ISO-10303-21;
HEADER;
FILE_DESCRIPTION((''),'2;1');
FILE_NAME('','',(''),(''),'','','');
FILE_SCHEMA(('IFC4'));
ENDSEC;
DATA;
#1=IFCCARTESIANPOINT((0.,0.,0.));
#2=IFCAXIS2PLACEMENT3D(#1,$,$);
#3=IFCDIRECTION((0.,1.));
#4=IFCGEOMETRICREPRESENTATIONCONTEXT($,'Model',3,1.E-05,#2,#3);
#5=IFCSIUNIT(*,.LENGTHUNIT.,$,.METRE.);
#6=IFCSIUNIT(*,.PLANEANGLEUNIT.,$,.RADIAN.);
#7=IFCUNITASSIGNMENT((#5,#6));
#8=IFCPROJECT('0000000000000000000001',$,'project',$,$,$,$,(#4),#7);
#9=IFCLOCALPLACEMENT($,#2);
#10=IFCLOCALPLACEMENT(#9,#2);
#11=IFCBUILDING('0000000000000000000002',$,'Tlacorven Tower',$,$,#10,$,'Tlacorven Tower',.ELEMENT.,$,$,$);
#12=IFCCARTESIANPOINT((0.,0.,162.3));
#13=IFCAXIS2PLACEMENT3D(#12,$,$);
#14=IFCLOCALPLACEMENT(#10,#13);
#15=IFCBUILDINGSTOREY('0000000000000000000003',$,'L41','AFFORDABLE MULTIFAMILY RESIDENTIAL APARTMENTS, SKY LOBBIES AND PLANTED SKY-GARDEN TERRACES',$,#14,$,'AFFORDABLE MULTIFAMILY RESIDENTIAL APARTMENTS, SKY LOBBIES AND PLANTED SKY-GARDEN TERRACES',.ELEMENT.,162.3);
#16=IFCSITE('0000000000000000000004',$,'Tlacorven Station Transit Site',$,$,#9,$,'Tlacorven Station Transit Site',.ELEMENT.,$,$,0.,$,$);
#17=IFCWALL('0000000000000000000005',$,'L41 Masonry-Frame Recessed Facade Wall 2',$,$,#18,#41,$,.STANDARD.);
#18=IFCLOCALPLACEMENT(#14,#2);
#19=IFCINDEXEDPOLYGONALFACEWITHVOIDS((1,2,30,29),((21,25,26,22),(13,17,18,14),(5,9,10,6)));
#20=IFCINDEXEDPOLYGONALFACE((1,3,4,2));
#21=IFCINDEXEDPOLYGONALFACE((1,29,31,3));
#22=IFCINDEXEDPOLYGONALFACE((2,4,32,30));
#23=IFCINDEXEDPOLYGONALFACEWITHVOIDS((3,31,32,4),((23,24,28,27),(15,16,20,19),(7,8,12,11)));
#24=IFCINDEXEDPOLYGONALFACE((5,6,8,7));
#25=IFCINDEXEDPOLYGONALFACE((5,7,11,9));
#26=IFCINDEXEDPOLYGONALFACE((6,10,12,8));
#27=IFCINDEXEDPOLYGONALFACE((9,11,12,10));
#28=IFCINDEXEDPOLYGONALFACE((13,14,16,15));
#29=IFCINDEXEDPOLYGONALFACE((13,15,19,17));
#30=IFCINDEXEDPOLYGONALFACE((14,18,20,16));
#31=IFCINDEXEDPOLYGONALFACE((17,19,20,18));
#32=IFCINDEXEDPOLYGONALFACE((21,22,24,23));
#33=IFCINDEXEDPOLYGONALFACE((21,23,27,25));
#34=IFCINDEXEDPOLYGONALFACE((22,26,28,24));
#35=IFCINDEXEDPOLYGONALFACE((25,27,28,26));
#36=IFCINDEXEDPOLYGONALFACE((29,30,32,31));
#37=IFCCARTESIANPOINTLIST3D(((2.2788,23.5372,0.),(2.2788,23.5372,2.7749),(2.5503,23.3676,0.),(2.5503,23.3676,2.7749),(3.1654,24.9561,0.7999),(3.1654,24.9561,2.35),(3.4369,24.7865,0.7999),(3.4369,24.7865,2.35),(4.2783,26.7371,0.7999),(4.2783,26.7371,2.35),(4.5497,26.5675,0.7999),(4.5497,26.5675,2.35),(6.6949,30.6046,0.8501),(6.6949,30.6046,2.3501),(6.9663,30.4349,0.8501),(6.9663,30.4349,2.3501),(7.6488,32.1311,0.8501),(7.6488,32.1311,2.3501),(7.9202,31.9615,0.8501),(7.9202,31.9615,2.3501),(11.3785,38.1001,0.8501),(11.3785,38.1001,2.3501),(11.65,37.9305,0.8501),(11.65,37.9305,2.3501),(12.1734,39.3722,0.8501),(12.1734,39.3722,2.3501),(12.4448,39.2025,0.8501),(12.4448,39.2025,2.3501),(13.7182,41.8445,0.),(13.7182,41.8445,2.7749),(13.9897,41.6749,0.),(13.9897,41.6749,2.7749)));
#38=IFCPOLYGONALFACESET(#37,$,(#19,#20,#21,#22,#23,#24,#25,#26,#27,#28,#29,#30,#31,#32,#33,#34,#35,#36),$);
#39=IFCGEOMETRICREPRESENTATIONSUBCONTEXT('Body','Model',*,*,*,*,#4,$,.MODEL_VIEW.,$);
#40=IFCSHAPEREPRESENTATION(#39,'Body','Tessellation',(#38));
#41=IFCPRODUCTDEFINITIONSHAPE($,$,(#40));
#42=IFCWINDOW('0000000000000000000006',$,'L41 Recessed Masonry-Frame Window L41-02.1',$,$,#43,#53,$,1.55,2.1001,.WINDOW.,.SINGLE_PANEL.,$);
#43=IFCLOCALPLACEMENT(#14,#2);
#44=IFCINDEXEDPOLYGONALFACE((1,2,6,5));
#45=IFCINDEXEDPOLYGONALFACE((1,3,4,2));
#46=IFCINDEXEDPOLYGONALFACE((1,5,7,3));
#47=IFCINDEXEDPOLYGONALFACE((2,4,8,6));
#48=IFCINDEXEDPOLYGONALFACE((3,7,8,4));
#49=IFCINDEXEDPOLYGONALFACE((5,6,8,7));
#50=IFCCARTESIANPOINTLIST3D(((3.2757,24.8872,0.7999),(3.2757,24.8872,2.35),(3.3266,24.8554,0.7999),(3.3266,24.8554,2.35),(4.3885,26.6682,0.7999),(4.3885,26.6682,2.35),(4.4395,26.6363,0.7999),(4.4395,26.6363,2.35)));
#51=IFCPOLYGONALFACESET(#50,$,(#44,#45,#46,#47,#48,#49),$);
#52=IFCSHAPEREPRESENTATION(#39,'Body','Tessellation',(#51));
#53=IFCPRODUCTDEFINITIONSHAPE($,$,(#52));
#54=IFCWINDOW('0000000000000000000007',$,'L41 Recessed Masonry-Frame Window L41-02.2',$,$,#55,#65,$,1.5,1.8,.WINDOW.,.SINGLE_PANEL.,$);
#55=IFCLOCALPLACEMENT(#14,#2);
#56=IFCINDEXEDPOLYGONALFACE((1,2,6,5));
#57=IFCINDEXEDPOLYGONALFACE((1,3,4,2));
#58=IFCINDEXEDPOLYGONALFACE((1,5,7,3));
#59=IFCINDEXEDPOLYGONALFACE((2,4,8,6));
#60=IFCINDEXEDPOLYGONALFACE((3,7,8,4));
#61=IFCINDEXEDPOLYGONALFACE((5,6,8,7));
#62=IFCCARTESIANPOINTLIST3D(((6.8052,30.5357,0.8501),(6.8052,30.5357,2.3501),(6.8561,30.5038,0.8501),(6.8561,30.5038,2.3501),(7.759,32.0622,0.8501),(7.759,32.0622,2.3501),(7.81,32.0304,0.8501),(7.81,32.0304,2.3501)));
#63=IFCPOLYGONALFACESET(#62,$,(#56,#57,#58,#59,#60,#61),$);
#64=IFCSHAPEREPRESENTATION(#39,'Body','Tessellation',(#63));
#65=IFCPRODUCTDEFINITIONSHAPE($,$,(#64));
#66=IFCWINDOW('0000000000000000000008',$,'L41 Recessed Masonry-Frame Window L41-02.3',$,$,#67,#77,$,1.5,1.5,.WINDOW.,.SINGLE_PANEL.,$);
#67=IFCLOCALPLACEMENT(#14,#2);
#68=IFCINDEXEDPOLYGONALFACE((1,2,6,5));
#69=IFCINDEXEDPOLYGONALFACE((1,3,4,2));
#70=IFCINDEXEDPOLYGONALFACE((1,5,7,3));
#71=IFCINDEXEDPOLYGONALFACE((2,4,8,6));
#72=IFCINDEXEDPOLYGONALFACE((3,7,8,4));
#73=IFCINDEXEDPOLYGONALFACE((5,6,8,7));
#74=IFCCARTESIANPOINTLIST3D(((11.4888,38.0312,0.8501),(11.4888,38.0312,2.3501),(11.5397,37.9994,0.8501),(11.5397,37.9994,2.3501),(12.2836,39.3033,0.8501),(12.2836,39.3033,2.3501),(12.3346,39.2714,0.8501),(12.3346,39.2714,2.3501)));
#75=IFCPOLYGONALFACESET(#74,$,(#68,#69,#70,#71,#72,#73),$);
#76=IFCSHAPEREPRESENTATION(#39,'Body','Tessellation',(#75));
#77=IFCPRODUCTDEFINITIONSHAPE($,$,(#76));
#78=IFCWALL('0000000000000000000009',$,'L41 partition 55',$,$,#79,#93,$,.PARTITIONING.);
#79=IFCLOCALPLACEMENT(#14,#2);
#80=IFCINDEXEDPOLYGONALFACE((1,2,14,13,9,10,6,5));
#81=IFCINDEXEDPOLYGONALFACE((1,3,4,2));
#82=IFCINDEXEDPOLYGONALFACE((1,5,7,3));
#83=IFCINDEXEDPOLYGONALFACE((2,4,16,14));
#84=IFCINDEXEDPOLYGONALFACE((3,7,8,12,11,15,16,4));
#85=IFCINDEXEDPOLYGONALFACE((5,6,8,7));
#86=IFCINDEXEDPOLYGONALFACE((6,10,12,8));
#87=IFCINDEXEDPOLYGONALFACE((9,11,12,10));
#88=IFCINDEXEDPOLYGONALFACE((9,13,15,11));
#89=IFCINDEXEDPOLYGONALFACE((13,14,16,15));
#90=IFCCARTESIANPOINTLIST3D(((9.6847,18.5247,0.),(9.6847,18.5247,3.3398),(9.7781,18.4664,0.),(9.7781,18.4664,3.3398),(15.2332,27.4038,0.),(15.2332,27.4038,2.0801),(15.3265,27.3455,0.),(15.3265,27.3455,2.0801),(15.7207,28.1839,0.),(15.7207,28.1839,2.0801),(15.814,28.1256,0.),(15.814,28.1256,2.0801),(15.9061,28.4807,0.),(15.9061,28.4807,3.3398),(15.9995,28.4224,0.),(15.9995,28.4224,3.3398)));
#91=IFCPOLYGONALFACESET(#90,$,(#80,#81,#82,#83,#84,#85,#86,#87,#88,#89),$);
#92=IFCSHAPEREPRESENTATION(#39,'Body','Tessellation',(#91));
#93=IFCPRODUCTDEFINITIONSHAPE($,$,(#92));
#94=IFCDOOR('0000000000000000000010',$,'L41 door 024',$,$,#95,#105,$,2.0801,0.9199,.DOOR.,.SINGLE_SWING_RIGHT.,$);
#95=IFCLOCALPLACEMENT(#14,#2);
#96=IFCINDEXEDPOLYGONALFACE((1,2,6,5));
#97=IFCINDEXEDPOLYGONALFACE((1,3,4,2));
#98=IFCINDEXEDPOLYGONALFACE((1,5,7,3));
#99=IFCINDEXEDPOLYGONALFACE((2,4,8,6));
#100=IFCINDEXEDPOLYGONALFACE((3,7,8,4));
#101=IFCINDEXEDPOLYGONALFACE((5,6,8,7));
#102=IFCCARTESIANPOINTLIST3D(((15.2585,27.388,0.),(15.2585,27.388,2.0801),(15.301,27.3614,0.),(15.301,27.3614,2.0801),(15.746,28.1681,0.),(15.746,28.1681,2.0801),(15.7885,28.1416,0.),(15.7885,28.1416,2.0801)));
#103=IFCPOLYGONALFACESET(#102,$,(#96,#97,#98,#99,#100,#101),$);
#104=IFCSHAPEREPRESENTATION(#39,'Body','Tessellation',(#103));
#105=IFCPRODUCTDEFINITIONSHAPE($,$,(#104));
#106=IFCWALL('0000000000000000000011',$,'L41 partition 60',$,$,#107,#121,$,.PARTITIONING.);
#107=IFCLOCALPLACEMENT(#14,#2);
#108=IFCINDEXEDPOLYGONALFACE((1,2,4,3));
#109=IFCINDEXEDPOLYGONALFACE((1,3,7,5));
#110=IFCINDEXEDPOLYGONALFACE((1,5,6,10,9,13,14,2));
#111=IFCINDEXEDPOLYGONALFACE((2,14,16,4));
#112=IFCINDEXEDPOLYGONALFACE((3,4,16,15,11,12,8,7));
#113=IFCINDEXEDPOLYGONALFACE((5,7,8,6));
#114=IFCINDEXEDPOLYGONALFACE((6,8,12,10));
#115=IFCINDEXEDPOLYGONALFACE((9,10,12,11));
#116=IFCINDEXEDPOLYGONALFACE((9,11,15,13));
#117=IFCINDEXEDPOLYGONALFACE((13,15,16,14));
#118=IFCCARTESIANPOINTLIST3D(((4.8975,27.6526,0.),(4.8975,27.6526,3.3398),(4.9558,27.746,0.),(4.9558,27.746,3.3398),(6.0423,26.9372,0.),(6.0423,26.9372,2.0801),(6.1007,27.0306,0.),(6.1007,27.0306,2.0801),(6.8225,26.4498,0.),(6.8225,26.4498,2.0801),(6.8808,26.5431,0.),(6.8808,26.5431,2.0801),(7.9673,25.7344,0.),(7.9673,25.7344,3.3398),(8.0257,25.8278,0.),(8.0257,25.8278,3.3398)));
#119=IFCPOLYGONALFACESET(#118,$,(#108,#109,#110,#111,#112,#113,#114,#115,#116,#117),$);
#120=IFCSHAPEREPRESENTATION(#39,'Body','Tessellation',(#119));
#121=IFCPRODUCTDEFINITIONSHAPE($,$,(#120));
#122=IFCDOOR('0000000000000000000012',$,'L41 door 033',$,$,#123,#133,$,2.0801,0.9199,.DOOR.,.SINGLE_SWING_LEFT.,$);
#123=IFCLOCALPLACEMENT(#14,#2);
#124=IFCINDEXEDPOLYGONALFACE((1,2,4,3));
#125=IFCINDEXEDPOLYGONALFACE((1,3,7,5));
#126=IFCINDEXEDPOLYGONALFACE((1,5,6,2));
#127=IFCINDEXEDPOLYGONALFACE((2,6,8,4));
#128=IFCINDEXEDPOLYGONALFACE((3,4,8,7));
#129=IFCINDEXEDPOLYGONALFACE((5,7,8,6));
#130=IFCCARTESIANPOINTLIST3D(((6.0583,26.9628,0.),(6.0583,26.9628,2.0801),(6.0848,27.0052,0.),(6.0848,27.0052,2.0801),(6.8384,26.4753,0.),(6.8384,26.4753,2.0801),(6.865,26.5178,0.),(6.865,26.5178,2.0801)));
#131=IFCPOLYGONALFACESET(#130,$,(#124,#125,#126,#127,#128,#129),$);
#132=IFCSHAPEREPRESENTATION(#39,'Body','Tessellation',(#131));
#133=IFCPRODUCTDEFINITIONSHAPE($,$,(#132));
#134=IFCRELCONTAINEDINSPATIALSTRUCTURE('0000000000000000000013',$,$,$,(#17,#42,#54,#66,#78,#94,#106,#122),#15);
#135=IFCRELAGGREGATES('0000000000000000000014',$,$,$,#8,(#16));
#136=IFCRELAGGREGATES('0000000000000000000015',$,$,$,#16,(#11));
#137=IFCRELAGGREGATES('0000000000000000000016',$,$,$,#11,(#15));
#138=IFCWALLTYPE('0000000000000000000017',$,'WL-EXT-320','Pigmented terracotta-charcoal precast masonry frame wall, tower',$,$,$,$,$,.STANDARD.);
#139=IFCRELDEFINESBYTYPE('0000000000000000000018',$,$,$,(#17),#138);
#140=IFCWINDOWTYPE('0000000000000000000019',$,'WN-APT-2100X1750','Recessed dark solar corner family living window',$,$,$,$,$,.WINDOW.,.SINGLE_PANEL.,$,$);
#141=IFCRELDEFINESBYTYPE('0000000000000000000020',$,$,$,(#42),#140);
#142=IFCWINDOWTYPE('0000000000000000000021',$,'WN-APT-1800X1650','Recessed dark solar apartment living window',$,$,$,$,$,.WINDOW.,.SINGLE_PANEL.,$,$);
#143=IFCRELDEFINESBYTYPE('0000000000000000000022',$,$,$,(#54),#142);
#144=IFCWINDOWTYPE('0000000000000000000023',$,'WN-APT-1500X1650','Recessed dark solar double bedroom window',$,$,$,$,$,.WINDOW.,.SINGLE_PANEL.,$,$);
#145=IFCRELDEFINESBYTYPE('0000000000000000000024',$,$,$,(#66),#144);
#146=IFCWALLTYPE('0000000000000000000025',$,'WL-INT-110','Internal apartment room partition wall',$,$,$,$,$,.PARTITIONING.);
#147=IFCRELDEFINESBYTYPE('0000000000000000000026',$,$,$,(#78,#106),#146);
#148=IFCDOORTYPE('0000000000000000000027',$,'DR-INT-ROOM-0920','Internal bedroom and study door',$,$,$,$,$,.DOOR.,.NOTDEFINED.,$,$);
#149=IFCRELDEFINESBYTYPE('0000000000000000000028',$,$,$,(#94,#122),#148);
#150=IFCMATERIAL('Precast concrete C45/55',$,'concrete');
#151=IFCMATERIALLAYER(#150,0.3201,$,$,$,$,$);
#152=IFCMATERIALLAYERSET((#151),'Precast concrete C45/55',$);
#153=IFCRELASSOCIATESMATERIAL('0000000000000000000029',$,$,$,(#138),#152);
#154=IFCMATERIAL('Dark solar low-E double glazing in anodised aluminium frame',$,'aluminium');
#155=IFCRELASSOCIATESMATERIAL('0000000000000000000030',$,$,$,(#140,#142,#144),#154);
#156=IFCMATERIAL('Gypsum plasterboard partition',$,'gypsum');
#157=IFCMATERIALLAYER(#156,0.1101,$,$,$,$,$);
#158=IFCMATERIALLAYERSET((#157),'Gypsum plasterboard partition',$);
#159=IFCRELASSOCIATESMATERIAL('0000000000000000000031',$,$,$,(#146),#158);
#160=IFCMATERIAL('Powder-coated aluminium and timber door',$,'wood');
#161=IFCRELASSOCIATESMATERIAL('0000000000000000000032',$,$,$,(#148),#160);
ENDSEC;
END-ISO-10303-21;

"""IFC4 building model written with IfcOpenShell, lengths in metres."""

from ifc_helpers import new_model, si_unit, direction, frame, frame_2d, origin, place, context, subcontext, project, spatial, rectangle, extrude, source, transform, mapped, material, layer, layer_set, type_object, element, fill, save


model = new_model("IFC4")

# Units and contexts
model_context = context("Model", 3, precision=1e-05, world=origin(), true_north=direction((0.0, 1.0)))
body_context = subcontext(model_context, "Body", "Model", "MODEL_VIEW")
ifc_project = project(units=[si_unit("LENGTHUNIT", "METRE"), si_unit("PLANEANGLEUNIT", "RADIAN")], contexts=[model_context])

# Site, building, storey
site_placement = place(None, origin())
site = spatial("IfcSite", under=ifc_project, at=site_placement, Name="Tlacorven Station Transit Site", LongName="Tlacorven Station Transit Site", CompositionType="ELEMENT", RefElevation=0.0)
building_placement = place(site_placement, origin())
building = spatial("IfcBuilding", under=site, at=building_placement, Name="Tlacorven Tower", LongName="Tlacorven Tower", CompositionType="ELEMENT")
storey_placement = place(building_placement, frame((0.0, 0.0, 162.3)))
storey = spatial("IfcBuildingStorey", under=building, at=storey_placement, Name="L41", Description="AFFORDABLE MULTIFAMILY RESIDENTIAL APARTMENTS, SKY LOBBIES AND PLANTED SKY-GARDEN TERRACES", LongName="AFFORDABLE MULTIFAMILY RESIDENTIAL APARTMENTS, SKY LOBBIES AND PLANTED SKY-GARDEN TERRACES", CompositionType="ELEMENT", Elevation=162.3)

# Wall, openings, windows
ifc_material_1 = material(Name="Precast concrete C45/55", Category="concrete")
ifc_layer_1 = layer(ifc_material_1, 0.3201)
ifc_layer_set_1 = layer_set([ifc_layer_1], Name="Precast concrete C45/55")
wall_type_1 = type_object("IfcWallType", Name="WL-EXT-320", Description="Pigmented terracotta-charcoal precast masonry frame wall, tower", PredefinedType="STANDARD", material=ifc_layer_set_1)
wall_1_placement = place(storey_placement, frame((2.4146, 23.4524, 0.0), z_axis=(0.0, 0.0, 1.0), x_axis=(0.52991, 0.848054, 0.0)))
wall_1 = element("IfcWall", 1, at=wall_1_placement, inside=storey, type_object=wall_type_1, Name="L41 Masonry-Frame Recessed Facade Wall 2", PredefinedType="STANDARD", context=body_context, shape_type="SweptSolid", body=[
    extrude(rectangle(XDim=21.5874, YDim=0.3201, at=frame_2d((10.7937, 0.0))), origin(), (0.0, 0.0, 1.0), 2.7749),
])
opening_1_placement = place(wall_1_placement, frame((1.6731, 0.0, 0.8)))
opening_1 = element("IfcOpeningElement", 2, at=opening_1_placement, cuts=wall_1, PredefinedType="OPENING", context=body_context, shape_type="SweptSolid", body=[
    extrude(rectangle(XDim=2.1001, YDim=1.55, at=frame_2d((1.05, 0.7749))), frame((0.0, 0.1699, 0.0), z_axis=(0.0, -1.0, 0.0), x_axis=(1.0, 0.0, 0.0)), (0.0, 0.0, 1.0), 0.3401),
])
opening_2_placement = place(wall_1_placement, frame((8.3337, 0.0, 0.8501)))
opening_2 = element("IfcOpeningElement", 3, at=opening_2_placement, cuts=wall_1, PredefinedType="OPENING", context=body_context, shape_type="SweptSolid", body=[
    extrude(rectangle(XDim=1.8, YDim=1.5, at=frame_2d((0.8999, 0.75))), frame((0.0, 0.1699, 0.0), z_axis=(0.0, -1.0, 0.0), x_axis=(1.0, 0.0, 0.0)), (0.0, 0.0, 1.0), 0.3401),
])
opening_3_placement = place(wall_1_placement, frame((17.1721, 0.0, 0.8501)))
opening_3 = element("IfcOpeningElement", 4, at=opening_3_placement, cuts=wall_1, PredefinedType="OPENING", context=body_context, shape_type="SweptSolid", body=[
    extrude(rectangle(XDim=1.5, YDim=1.5, at=frame_2d((0.75, 0.75))), frame((0.0, 0.1699, 0.0), z_axis=(0.0, -1.0, 0.0), x_axis=(1.0, 0.0, 0.0)), (0.0, 0.0, 1.0), 0.3401),
])
ifc_material_2 = material(Name="Dark solar low-E double glazing in anodised aluminium frame", Category="aluminium")
window_type_1 = type_object("IfcWindowType", Name="WN-APT-2100X1750", Description="Recessed dark solar corner family living window", PartitioningType="SINGLE_PANEL", PredefinedType="WINDOW", material=ifc_material_2)
shared_shape_1 = source(origin(), body_context, "Body", "SweptSolid", [
    extrude(rectangle(XDim=2.1001, YDim=1.55, at=frame_2d((1.05, 0.7749))), frame((0.0, 0.03, 0.0), z_axis=(0.0, -1.0, 0.0), x_axis=(1.0, 0.0, 0.0)), (0.0, 0.0, 1.0), 0.0601),
])
window_1_placement = place(opening_1_placement, origin())
window_1 = element("IfcWindow", 5, at=window_1_placement, inside=storey, type_object=window_type_1, Name="L41 Recessed Masonry-Frame Window L41-02.1", OverallHeight=1.55, OverallWidth=2.1001, PartitioningType="SINGLE_PANEL", PredefinedType="WINDOW", context=body_context, shape_type="MappedRepresentation", body=[
    mapped(shared_shape_1, transform((0.0, 0.0, 0.0), scale=1.0)),
])
fill(opening_1, window_1)
window_type_2 = type_object("IfcWindowType", Name="WN-APT-1800X1650", Description="Recessed dark solar apartment living window", PartitioningType="SINGLE_PANEL", PredefinedType="WINDOW", material=ifc_material_2)
shared_shape_2 = source(origin(), body_context, "Body", "SweptSolid", [
    extrude(rectangle(XDim=1.8, YDim=1.5, at=frame_2d((0.8999, 0.75))), frame((0.0, 0.03, 0.0), z_axis=(0.0, -1.0, 0.0), x_axis=(1.0, 0.0, 0.0)), (0.0, 0.0, 1.0), 0.0601),
])
window_2_placement = place(opening_2_placement, origin())
window_2 = element("IfcWindow", 6, at=window_2_placement, inside=storey, type_object=window_type_2, Name="L41 Recessed Masonry-Frame Window L41-02.2", OverallHeight=1.5, OverallWidth=1.8, PartitioningType="SINGLE_PANEL", PredefinedType="WINDOW", context=body_context, shape_type="MappedRepresentation", body=[
    mapped(shared_shape_2, transform((0.0, 0.0, 0.0), scale=1.0)),
])
fill(opening_2, window_2)
window_type_3 = type_object("IfcWindowType", Name="WN-APT-1500X1650", Description="Recessed dark solar double bedroom window", PartitioningType="SINGLE_PANEL", PredefinedType="WINDOW", material=ifc_material_2)
shared_shape_3 = source(origin(), body_context, "Body", "SweptSolid", [
    extrude(rectangle(XDim=1.5, YDim=1.5, at=frame_2d((0.75, 0.75))), frame((0.0, 0.03, 0.0), z_axis=(0.0, -1.0, 0.0), x_axis=(1.0, 0.0, 0.0)), (0.0, 0.0, 1.0), 0.0601),
])
window_3_placement = place(opening_3_placement, origin())
window_3 = element("IfcWindow", 7, at=window_3_placement, inside=storey, type_object=window_type_3, Name="L41 Recessed Masonry-Frame Window L41-02.3", OverallHeight=1.5, OverallWidth=1.5, PartitioningType="SINGLE_PANEL", PredefinedType="WINDOW", context=body_context, shape_type="MappedRepresentation", body=[
    mapped(shared_shape_3, transform((0.0, 0.0, 0.0), scale=1.0)),
])
fill(opening_3, window_3)

# Walls, openings, doors
ifc_material_3 = material(Name="Gypsum plasterboard partition", Category="gypsum")
ifc_layer_2 = layer(ifc_material_3, 0.1101)
ifc_layer_set_2 = layer_set([ifc_layer_2], Name="Gypsum plasterboard partition")
wall_type_2 = type_object("IfcWallType", Name="WL-INT-110", Description="Internal apartment room partition wall", PredefinedType="PARTITIONING", material=ifc_layer_set_2)
wall_2_placement = place(storey_placement, frame((15.9529, 28.4517, 0.0), z_axis=(0.0, 0.0, 1.0), x_axis=(-0.529932, -0.84804, 0.0)))
wall_2 = element("IfcWall", 8, at=wall_2_placement, inside=storey, type_object=wall_type_2, Name="L41 partition 55", PredefinedType="PARTITIONING", context=body_context, shape_type="SweptSolid", body=[
    extrude(rectangle(XDim=11.74, YDim=0.1101, at=frame_2d((5.8701, 0.0))), origin(), (0.0, 0.0, 1.0), 3.3398),
])
opening_4_placement = place(wall_2_placement, frame((0.3501, 0.0, 0.0)))
opening_4 = element("IfcOpeningElement", 9, at=opening_4_placement, cuts=wall_2, PredefinedType="OPENING", context=body_context, shape_type="SweptSolid", body=[
    extrude(rectangle(XDim=0.9199, YDim=2.0801, at=frame_2d((0.46, 1.04))), frame((0.0, 0.0649, 0.0), z_axis=(0.0, -1.0, 0.0), x_axis=(1.0, 0.0, 0.0)), (0.0, 0.0, 1.0), 0.1301),
])
ifc_material_4 = material(Name="Powder-coated aluminium and timber door", Category="wood")
door_type_1 = type_object("IfcDoorType", Name="DR-INT-ROOM-0920", Description="Internal bedroom and study door", OperationType="NOTDEFINED", PredefinedType="DOOR", material=ifc_material_4)
shared_shape_4 = source(origin(), body_context, "Body", "SweptSolid", [
    extrude(rectangle(XDim=0.9199, YDim=2.0801, at=frame_2d((0.46, 1.04))), frame((0.0, 0.0249, 0.0), z_axis=(0.0, -1.0, 0.0), x_axis=(1.0, 0.0, 0.0)), (0.0, 0.0, 1.0), 0.05),
])
door_1_placement = place(opening_4_placement, origin())
door_1 = element("IfcDoor", 10, at=door_1_placement, inside=storey, type_object=door_type_1, Name="L41 door 024", OperationType="SINGLE_SWING_RIGHT", OverallHeight=2.0801, OverallWidth=0.9199, PredefinedType="DOOR", context=body_context, shape_type="MappedRepresentation", body=[
    mapped(shared_shape_4, transform((0.0, 0.0, 0.0), scale=1.0)),
])
fill(opening_4, door_1)
wall_3_placement = place(storey_placement, frame((7.9966, 25.781, 0.0), z_axis=(0.0, 0.0, 1.0), x_axis=(-0.848051, 0.529914, 0.0)))
wall_3 = element("IfcWall", 11, at=wall_3_placement, inside=storey, type_object=wall_type_2, Name="L41 partition 60", PredefinedType="PARTITIONING", context=body_context, shape_type="SweptSolid", body=[
    extrude(rectangle(XDim=3.6199, YDim=0.1101, at=frame_2d((1.8101, 0.0))), origin(), (0.0, 0.0, 1.0), 3.3398),
])
opening_5_placement = place(wall_3_placement, frame((1.3501, 0.0, 0.0)))
opening_5 = element("IfcOpeningElement", 12, at=opening_5_placement, cuts=wall_3, PredefinedType="OPENING", context=body_context, shape_type="SweptSolid", body=[
    extrude(rectangle(XDim=0.9199, YDim=2.0801, at=frame_2d((0.46, 1.04))), frame((0.0, 0.0649, 0.0), z_axis=(0.0, -1.0, 0.0), x_axis=(1.0, 0.0, 0.0)), (0.0, 0.0, 1.0), 0.1301),
])
door_2_placement = place(opening_5_placement, origin())
door_2 = element("IfcDoor", 13, at=door_2_placement, inside=storey, type_object=door_type_1, Name="L41 door 033", OperationType="SINGLE_SWING_LEFT", OverallHeight=2.0801, OverallWidth=0.9199, PredefinedType="DOOR", context=body_context, shape_type="MappedRepresentation", body=[
    mapped(shared_shape_4, transform((0.0, 0.0, 0.0), scale=1.0)),
])
fill(opening_5, door_2)

save(model, "model.ifc")
